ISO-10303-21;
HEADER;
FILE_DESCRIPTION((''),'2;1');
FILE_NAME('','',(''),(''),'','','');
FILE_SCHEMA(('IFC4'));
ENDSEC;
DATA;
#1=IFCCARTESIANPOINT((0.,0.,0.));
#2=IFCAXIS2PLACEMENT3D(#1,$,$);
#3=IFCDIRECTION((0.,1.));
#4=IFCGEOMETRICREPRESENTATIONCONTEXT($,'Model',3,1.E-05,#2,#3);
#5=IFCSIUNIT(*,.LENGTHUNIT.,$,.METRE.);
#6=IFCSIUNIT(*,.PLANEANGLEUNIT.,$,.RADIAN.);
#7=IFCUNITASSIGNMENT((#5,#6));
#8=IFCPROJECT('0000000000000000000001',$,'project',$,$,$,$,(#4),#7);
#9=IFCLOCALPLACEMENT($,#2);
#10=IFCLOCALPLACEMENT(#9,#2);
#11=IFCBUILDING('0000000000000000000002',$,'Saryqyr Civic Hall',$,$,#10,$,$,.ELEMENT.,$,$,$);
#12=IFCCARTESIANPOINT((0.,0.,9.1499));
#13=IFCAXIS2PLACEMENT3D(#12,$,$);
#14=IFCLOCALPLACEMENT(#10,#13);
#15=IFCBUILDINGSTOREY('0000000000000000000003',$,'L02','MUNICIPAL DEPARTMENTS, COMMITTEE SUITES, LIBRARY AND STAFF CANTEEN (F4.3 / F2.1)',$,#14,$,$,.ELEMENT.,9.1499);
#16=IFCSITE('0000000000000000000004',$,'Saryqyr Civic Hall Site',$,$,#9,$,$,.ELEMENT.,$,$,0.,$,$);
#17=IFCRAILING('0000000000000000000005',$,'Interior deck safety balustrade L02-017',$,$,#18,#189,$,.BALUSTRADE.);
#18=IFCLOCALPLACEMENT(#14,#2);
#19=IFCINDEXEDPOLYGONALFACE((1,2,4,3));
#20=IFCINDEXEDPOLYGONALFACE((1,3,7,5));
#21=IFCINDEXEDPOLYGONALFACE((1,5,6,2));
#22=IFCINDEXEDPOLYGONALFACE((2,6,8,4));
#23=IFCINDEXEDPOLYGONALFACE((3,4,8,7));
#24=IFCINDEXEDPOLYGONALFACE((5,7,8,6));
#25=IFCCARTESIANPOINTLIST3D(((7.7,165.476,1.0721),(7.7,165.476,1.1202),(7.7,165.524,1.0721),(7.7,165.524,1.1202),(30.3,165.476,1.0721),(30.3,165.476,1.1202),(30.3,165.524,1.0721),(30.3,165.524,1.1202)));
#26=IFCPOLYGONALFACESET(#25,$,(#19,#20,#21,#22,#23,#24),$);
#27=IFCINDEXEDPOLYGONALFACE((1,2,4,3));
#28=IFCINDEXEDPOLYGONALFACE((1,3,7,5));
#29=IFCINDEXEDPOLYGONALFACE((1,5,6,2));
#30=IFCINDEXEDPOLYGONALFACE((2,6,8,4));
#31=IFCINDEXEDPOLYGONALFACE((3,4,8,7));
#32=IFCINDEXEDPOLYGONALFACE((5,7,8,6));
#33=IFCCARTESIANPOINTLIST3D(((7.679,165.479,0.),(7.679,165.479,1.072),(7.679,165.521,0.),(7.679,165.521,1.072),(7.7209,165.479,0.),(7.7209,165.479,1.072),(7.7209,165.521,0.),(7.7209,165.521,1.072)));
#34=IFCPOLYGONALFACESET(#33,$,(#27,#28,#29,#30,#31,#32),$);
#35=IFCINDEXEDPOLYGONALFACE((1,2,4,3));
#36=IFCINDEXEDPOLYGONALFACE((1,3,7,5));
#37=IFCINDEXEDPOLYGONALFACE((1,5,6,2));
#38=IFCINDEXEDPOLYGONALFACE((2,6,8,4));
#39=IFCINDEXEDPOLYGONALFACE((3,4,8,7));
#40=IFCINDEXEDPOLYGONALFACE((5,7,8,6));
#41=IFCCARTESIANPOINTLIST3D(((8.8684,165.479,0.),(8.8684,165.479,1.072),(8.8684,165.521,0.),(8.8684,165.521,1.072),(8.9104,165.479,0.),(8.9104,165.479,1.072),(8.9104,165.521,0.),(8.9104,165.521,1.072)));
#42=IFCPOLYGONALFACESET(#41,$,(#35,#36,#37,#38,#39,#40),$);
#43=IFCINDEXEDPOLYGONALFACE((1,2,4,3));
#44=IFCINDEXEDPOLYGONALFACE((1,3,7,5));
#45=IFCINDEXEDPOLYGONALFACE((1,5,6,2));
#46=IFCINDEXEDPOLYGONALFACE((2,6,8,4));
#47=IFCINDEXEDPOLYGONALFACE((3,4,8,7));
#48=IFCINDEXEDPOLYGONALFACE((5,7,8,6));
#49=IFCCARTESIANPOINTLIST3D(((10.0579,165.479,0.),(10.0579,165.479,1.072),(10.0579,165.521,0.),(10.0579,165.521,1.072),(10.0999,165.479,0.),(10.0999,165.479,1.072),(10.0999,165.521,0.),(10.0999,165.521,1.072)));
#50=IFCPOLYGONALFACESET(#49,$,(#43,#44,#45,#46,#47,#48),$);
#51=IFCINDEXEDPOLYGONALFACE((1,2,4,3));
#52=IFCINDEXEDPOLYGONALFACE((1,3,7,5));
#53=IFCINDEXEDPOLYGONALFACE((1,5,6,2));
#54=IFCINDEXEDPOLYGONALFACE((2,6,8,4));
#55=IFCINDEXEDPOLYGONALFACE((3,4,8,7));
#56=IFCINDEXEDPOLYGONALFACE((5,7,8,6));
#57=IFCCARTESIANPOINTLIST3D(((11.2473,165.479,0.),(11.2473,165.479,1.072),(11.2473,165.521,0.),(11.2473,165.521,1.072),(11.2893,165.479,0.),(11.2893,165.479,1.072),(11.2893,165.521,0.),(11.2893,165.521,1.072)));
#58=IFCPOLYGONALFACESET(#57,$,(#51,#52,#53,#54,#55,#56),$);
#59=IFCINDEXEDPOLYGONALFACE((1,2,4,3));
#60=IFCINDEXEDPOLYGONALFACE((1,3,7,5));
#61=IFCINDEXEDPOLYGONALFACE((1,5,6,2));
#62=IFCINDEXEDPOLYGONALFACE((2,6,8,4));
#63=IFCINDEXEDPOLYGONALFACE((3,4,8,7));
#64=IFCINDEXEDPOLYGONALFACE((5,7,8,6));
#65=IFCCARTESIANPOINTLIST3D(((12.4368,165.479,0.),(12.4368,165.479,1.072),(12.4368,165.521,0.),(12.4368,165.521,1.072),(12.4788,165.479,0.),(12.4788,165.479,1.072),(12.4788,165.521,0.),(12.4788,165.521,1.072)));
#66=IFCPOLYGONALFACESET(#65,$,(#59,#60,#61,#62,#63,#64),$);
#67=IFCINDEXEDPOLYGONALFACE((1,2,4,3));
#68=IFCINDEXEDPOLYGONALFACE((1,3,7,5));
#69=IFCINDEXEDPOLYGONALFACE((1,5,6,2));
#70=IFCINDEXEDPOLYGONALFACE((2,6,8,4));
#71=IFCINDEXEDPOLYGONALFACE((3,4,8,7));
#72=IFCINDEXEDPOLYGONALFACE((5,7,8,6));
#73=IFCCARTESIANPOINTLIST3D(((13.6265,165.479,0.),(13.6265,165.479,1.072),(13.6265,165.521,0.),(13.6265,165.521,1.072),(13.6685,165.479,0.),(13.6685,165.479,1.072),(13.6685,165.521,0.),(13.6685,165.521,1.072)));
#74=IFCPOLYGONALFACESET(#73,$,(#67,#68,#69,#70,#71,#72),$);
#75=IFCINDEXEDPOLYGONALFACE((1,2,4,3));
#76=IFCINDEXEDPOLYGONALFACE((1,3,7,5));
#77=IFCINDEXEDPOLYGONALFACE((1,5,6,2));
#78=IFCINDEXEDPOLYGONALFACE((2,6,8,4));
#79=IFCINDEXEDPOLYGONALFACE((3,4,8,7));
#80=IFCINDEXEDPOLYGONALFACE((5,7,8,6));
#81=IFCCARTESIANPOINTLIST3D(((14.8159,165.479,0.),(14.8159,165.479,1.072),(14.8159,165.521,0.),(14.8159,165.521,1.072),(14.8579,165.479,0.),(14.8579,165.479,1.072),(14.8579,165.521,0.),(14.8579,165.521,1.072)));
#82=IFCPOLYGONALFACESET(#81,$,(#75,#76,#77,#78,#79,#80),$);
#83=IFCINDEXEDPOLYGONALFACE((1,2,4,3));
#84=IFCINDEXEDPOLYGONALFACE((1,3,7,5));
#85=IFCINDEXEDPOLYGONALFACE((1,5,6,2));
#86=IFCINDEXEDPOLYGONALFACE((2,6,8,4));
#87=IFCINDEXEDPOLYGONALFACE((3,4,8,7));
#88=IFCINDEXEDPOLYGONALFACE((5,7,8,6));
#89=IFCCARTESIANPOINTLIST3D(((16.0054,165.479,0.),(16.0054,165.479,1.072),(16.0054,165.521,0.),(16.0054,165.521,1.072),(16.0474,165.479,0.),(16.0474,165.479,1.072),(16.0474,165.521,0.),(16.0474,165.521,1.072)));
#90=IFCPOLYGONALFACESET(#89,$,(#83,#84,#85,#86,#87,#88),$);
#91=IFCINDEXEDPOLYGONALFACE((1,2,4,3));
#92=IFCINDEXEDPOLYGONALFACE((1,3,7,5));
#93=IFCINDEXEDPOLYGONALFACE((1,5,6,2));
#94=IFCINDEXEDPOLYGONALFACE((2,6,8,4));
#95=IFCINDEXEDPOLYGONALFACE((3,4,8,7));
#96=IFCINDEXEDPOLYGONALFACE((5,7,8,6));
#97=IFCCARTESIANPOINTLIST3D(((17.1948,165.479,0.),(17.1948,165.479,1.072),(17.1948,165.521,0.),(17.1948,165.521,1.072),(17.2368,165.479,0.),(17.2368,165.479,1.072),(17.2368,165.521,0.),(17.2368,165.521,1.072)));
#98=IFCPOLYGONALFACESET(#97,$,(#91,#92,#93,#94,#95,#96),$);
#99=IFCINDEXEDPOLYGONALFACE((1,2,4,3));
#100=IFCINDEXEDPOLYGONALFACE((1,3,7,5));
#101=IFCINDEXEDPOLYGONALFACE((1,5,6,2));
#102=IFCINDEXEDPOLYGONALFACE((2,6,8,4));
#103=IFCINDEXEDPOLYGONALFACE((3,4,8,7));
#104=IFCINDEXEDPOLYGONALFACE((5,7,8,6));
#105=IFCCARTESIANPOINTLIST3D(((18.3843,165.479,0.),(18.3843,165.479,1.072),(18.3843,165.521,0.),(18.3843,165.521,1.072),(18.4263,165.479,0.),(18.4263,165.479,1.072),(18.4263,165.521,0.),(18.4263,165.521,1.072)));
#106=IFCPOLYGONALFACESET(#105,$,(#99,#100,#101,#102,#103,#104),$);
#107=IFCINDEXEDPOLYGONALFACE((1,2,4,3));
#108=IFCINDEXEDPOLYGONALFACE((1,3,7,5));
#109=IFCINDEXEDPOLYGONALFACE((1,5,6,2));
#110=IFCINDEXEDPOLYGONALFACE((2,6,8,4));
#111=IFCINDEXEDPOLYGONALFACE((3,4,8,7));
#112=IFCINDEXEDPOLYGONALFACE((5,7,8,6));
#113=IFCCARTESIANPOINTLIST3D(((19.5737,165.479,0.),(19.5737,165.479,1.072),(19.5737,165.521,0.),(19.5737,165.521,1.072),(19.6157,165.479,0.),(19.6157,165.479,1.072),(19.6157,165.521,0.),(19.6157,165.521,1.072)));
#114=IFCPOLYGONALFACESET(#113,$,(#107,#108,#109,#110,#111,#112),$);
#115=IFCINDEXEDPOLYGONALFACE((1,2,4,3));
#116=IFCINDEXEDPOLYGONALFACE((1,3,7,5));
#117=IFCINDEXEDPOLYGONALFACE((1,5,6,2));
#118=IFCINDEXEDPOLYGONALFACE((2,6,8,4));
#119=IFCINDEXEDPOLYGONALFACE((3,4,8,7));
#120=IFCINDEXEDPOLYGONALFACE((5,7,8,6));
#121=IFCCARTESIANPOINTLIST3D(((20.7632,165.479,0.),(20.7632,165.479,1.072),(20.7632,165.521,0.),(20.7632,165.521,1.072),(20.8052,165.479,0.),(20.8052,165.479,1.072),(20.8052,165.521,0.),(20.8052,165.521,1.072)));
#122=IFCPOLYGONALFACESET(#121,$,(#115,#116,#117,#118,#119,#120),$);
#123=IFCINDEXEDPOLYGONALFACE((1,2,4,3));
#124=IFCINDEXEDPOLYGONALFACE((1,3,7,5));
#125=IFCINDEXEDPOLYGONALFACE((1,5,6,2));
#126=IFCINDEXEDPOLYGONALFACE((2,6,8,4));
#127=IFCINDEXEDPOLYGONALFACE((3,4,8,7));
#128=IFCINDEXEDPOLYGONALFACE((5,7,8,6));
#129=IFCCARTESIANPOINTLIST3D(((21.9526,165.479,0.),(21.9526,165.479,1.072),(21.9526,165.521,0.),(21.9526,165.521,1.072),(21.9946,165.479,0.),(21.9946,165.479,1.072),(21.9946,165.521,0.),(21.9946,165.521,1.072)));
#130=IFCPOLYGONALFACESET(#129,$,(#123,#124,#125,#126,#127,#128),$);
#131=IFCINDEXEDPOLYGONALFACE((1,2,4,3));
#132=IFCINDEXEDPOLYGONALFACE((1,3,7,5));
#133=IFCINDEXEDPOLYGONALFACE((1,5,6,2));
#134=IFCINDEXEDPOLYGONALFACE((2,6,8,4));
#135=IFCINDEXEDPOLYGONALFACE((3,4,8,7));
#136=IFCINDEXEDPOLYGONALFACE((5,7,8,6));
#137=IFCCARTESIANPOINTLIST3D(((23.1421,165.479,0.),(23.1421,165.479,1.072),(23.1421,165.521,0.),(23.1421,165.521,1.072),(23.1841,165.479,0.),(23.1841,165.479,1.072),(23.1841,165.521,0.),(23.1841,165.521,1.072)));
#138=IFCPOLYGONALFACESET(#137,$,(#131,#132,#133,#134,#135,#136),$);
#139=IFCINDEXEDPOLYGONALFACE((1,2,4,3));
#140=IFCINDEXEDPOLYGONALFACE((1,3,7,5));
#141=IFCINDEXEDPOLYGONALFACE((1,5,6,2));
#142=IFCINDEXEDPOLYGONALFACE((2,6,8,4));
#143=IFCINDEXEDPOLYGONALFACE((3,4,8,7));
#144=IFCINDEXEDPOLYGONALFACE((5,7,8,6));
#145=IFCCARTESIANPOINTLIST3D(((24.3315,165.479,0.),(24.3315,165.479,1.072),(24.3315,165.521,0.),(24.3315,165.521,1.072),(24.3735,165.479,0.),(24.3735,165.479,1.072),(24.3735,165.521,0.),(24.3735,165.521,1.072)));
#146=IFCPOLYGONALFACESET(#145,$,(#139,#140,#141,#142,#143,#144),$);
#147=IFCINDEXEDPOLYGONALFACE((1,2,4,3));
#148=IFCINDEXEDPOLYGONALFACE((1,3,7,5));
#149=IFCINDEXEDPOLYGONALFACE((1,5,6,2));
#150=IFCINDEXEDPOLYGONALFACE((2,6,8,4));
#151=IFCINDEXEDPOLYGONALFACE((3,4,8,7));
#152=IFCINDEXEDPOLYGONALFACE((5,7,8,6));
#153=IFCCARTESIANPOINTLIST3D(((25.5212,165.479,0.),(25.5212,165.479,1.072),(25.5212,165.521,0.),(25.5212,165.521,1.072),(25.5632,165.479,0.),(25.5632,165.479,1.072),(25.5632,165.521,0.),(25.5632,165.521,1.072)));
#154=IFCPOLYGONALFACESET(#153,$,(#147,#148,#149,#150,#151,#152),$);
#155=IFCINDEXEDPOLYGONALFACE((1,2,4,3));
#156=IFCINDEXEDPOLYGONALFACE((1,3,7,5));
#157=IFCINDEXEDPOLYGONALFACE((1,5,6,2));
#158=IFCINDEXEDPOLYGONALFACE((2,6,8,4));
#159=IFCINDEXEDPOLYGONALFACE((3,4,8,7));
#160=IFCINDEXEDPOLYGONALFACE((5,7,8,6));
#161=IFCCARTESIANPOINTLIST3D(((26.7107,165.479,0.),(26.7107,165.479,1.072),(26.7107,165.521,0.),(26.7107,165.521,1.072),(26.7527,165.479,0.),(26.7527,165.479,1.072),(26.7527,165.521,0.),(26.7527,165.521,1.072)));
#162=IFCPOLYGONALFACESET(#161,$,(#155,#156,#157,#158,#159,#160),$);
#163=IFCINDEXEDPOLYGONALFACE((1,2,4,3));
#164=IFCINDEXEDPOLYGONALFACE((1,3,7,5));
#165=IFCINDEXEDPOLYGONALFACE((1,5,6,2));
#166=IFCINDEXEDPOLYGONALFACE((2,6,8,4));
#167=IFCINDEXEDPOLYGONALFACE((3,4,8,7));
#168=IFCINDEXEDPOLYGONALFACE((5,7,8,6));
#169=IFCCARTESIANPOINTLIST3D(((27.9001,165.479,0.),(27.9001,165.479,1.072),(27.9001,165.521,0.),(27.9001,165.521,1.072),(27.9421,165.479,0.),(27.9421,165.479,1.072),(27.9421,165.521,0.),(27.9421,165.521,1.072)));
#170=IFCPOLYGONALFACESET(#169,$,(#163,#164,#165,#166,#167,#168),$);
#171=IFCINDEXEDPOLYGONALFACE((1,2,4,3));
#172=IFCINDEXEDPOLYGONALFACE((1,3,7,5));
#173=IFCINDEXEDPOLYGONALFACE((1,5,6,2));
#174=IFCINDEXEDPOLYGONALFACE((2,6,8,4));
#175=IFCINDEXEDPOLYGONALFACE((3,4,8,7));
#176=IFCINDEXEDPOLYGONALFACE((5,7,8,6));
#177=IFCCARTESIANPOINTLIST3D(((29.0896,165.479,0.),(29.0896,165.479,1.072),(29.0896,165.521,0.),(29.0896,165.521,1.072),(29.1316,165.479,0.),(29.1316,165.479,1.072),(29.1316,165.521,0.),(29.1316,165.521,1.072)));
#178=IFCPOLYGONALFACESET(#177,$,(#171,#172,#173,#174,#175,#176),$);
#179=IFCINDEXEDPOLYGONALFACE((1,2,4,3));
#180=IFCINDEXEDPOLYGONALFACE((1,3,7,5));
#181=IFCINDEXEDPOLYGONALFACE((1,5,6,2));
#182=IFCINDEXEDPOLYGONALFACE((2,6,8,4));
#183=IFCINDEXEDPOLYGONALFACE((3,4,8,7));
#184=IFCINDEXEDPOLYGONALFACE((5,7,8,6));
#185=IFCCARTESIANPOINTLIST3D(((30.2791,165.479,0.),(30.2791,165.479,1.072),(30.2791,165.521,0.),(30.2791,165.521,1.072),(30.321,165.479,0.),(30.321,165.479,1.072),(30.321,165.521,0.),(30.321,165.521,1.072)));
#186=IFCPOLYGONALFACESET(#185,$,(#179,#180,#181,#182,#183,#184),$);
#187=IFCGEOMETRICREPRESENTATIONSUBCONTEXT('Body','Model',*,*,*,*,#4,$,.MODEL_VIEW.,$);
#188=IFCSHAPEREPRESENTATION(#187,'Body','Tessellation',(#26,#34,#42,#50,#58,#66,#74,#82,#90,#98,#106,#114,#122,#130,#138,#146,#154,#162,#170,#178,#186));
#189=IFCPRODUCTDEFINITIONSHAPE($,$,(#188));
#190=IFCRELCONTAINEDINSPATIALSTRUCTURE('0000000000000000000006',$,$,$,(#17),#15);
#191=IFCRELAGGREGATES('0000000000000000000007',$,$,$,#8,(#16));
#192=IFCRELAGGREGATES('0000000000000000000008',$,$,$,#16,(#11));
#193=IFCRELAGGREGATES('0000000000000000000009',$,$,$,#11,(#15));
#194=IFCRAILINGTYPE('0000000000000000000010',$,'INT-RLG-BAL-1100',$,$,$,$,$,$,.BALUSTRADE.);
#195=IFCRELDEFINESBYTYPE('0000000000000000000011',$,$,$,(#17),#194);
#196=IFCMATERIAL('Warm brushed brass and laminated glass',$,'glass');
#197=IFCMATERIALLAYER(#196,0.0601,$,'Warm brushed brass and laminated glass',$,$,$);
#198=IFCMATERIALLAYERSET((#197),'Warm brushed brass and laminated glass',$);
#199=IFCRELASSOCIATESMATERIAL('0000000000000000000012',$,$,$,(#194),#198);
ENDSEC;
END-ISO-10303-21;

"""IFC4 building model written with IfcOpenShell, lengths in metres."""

from ifc_helpers import new_model, si_unit, direction, frame, origin, origin_2d, place, context, subcontext, project, spatial, rectangle, extrude, material, layer, layer_set, type_object, element, save


model = new_model("IFC4")

# Units and contexts
model_context = context("Model", 3, precision=1e-05, world=origin(), true_north=direction((0.0, 1.0)))
body_context = subcontext(model_context, "Body", "Model", "MODEL_VIEW")
ifc_project = project(units=[si_unit("LENGTHUNIT", "METRE"), si_unit("PLANEANGLEUNIT", "RADIAN")], contexts=[model_context])

# Site, building, storey
site_placement = place(None, origin())
site = spatial("IfcSite", under=ifc_project, at=site_placement, Name="Saryqyr Civic Hall Site", CompositionType="ELEMENT", RefElevation=0.0)
building_placement = place(site_placement, origin())
building = spatial("IfcBuilding", under=site, at=building_placement, Name="Saryqyr Civic Hall", CompositionType="ELEMENT")
storey_placement = place(building_placement, frame((0.0, 0.0, 9.1499)))
storey = spatial("IfcBuildingStorey", under=building, at=storey_placement, Name="L02", Description="MUNICIPAL DEPARTMENTS, COMMITTEE SUITES, LIBRARY AND STAFF CANTEEN (F4.3 / F2.1)", CompositionType="ELEMENT", Elevation=9.1499)

# Railing
ifc_material_1 = material(Name="Warm brushed brass and laminated glass", Category="glass")
ifc_layer_1 = layer(ifc_material_1, 0.0601, Name="Warm brushed brass and laminated glass")
ifc_layer_set_1 = layer_set([ifc_layer_1], Name="Warm brushed brass and laminated glass")
railing_type = type_object("IfcRailingType", Name="INT-RLG-BAL-1100", PredefinedType="BALUSTRADE", material=ifc_layer_set_1)
railing_placement = place(storey_placement, frame((7.7, 165.5, 0.0)))
element("IfcRailing", 1, at=railing_placement, inside=storey, type_object=railing_type, Name="Interior deck safety balustrade L02-017", PredefinedType="BALUSTRADE", context=body_context, shape_type="SweptSolid", body=[
    extrude(rectangle(XDim=0.0481, YDim=0.0481, at=origin_2d()), frame((0.0, 0.0, 1.0962), z_axis=(1.0, 0.0, 0.0), x_axis=(0.0, 1.0, 0.0)), (0.0, 0.0, 1.0), 22.6001),
    extrude(rectangle(XDim=0.042, YDim=0.042, at=origin_2d()), origin(), (0.0, 0.0, 1.0), 1.072),
    extrude(rectangle(XDim=0.042, YDim=0.042, at=origin_2d()), frame((1.1895, 0.0, 0.0)), (0.0, 0.0, 1.0), 1.072),
    extrude(rectangle(XDim=0.042, YDim=0.042, at=origin_2d()), frame((2.3789, 0.0, 0.0)), (0.0, 0.0, 1.0), 1.072),
    extrude(rectangle(XDim=0.042, YDim=0.042, at=origin_2d()), frame((3.5684, 0.0, 0.0)), (0.0, 0.0, 1.0), 1.072),
    extrude(rectangle(XDim=0.042, YDim=0.042, at=origin_2d()), frame((4.7578, 0.0, 0.0)), (0.0, 0.0, 1.0), 1.072),
    extrude(rectangle(XDim=0.042, YDim=0.042, at=origin_2d()), frame((5.9475, 0.0, 0.0)), (0.0, 0.0, 1.0), 1.072),
    extrude(rectangle(XDim=0.042, YDim=0.042, at=origin_2d()), frame((7.137, 0.0, 0.0)), (0.0, 0.0, 1.0), 1.072),
    extrude(rectangle(XDim=0.042, YDim=0.042, at=origin_2d()), frame((8.3264, 0.0, 0.0)), (0.0, 0.0, 1.0), 1.072),
    extrude(rectangle(XDim=0.042, YDim=0.042, at=origin_2d()), frame((9.5159, 0.0, 0.0)), (0.0, 0.0, 1.0), 1.072),
    extrude(rectangle(XDim=0.042, YDim=0.042, at=origin_2d()), frame((10.7053, 0.0, 0.0)), (0.0, 0.0, 1.0), 1.072),
    extrude(rectangle(XDim=0.042, YDim=0.042, at=origin_2d()), frame((11.8948, 0.0, 0.0)), (0.0, 0.0, 1.0), 1.072),
    extrude(rectangle(XDim=0.042, YDim=0.042, at=origin_2d()), frame((13.0842, 0.0, 0.0)), (0.0, 0.0, 1.0), 1.072),
    extrude(rectangle(XDim=0.042, YDim=0.042, at=origin_2d()), frame((14.2737, 0.0, 0.0)), (0.0, 0.0, 1.0), 1.072),
    extrude(rectangle(XDim=0.042, YDim=0.042, at=origin_2d()), frame((15.4631, 0.0, 0.0)), (0.0, 0.0, 1.0), 1.072),
    extrude(rectangle(XDim=0.042, YDim=0.042, at=origin_2d()), frame((16.6526, 0.0, 0.0)), (0.0, 0.0, 1.0), 1.072),
    extrude(rectangle(XDim=0.042, YDim=0.042, at=origin_2d()), frame((17.8423, 0.0, 0.0)), (0.0, 0.0, 1.0), 1.072),
    extrude(rectangle(XDim=0.042, YDim=0.042, at=origin_2d()), frame((19.0317, 0.0, 0.0)), (0.0, 0.0, 1.0), 1.072),
    extrude(rectangle(XDim=0.042, YDim=0.042, at=origin_2d()), frame((20.2212, 0.0, 0.0)), (0.0, 0.0, 1.0), 1.072),
    extrude(rectangle(XDim=0.042, YDim=0.042, at=origin_2d()), frame((21.4106, 0.0, 0.0)), (0.0, 0.0, 1.0), 1.072),
    extrude(rectangle(XDim=0.042, YDim=0.042, at=origin_2d()), frame((22.6001, 0.0, 0.0)), (0.0, 0.0, 1.0), 1.072),
])

save(model, "model.ifc")
